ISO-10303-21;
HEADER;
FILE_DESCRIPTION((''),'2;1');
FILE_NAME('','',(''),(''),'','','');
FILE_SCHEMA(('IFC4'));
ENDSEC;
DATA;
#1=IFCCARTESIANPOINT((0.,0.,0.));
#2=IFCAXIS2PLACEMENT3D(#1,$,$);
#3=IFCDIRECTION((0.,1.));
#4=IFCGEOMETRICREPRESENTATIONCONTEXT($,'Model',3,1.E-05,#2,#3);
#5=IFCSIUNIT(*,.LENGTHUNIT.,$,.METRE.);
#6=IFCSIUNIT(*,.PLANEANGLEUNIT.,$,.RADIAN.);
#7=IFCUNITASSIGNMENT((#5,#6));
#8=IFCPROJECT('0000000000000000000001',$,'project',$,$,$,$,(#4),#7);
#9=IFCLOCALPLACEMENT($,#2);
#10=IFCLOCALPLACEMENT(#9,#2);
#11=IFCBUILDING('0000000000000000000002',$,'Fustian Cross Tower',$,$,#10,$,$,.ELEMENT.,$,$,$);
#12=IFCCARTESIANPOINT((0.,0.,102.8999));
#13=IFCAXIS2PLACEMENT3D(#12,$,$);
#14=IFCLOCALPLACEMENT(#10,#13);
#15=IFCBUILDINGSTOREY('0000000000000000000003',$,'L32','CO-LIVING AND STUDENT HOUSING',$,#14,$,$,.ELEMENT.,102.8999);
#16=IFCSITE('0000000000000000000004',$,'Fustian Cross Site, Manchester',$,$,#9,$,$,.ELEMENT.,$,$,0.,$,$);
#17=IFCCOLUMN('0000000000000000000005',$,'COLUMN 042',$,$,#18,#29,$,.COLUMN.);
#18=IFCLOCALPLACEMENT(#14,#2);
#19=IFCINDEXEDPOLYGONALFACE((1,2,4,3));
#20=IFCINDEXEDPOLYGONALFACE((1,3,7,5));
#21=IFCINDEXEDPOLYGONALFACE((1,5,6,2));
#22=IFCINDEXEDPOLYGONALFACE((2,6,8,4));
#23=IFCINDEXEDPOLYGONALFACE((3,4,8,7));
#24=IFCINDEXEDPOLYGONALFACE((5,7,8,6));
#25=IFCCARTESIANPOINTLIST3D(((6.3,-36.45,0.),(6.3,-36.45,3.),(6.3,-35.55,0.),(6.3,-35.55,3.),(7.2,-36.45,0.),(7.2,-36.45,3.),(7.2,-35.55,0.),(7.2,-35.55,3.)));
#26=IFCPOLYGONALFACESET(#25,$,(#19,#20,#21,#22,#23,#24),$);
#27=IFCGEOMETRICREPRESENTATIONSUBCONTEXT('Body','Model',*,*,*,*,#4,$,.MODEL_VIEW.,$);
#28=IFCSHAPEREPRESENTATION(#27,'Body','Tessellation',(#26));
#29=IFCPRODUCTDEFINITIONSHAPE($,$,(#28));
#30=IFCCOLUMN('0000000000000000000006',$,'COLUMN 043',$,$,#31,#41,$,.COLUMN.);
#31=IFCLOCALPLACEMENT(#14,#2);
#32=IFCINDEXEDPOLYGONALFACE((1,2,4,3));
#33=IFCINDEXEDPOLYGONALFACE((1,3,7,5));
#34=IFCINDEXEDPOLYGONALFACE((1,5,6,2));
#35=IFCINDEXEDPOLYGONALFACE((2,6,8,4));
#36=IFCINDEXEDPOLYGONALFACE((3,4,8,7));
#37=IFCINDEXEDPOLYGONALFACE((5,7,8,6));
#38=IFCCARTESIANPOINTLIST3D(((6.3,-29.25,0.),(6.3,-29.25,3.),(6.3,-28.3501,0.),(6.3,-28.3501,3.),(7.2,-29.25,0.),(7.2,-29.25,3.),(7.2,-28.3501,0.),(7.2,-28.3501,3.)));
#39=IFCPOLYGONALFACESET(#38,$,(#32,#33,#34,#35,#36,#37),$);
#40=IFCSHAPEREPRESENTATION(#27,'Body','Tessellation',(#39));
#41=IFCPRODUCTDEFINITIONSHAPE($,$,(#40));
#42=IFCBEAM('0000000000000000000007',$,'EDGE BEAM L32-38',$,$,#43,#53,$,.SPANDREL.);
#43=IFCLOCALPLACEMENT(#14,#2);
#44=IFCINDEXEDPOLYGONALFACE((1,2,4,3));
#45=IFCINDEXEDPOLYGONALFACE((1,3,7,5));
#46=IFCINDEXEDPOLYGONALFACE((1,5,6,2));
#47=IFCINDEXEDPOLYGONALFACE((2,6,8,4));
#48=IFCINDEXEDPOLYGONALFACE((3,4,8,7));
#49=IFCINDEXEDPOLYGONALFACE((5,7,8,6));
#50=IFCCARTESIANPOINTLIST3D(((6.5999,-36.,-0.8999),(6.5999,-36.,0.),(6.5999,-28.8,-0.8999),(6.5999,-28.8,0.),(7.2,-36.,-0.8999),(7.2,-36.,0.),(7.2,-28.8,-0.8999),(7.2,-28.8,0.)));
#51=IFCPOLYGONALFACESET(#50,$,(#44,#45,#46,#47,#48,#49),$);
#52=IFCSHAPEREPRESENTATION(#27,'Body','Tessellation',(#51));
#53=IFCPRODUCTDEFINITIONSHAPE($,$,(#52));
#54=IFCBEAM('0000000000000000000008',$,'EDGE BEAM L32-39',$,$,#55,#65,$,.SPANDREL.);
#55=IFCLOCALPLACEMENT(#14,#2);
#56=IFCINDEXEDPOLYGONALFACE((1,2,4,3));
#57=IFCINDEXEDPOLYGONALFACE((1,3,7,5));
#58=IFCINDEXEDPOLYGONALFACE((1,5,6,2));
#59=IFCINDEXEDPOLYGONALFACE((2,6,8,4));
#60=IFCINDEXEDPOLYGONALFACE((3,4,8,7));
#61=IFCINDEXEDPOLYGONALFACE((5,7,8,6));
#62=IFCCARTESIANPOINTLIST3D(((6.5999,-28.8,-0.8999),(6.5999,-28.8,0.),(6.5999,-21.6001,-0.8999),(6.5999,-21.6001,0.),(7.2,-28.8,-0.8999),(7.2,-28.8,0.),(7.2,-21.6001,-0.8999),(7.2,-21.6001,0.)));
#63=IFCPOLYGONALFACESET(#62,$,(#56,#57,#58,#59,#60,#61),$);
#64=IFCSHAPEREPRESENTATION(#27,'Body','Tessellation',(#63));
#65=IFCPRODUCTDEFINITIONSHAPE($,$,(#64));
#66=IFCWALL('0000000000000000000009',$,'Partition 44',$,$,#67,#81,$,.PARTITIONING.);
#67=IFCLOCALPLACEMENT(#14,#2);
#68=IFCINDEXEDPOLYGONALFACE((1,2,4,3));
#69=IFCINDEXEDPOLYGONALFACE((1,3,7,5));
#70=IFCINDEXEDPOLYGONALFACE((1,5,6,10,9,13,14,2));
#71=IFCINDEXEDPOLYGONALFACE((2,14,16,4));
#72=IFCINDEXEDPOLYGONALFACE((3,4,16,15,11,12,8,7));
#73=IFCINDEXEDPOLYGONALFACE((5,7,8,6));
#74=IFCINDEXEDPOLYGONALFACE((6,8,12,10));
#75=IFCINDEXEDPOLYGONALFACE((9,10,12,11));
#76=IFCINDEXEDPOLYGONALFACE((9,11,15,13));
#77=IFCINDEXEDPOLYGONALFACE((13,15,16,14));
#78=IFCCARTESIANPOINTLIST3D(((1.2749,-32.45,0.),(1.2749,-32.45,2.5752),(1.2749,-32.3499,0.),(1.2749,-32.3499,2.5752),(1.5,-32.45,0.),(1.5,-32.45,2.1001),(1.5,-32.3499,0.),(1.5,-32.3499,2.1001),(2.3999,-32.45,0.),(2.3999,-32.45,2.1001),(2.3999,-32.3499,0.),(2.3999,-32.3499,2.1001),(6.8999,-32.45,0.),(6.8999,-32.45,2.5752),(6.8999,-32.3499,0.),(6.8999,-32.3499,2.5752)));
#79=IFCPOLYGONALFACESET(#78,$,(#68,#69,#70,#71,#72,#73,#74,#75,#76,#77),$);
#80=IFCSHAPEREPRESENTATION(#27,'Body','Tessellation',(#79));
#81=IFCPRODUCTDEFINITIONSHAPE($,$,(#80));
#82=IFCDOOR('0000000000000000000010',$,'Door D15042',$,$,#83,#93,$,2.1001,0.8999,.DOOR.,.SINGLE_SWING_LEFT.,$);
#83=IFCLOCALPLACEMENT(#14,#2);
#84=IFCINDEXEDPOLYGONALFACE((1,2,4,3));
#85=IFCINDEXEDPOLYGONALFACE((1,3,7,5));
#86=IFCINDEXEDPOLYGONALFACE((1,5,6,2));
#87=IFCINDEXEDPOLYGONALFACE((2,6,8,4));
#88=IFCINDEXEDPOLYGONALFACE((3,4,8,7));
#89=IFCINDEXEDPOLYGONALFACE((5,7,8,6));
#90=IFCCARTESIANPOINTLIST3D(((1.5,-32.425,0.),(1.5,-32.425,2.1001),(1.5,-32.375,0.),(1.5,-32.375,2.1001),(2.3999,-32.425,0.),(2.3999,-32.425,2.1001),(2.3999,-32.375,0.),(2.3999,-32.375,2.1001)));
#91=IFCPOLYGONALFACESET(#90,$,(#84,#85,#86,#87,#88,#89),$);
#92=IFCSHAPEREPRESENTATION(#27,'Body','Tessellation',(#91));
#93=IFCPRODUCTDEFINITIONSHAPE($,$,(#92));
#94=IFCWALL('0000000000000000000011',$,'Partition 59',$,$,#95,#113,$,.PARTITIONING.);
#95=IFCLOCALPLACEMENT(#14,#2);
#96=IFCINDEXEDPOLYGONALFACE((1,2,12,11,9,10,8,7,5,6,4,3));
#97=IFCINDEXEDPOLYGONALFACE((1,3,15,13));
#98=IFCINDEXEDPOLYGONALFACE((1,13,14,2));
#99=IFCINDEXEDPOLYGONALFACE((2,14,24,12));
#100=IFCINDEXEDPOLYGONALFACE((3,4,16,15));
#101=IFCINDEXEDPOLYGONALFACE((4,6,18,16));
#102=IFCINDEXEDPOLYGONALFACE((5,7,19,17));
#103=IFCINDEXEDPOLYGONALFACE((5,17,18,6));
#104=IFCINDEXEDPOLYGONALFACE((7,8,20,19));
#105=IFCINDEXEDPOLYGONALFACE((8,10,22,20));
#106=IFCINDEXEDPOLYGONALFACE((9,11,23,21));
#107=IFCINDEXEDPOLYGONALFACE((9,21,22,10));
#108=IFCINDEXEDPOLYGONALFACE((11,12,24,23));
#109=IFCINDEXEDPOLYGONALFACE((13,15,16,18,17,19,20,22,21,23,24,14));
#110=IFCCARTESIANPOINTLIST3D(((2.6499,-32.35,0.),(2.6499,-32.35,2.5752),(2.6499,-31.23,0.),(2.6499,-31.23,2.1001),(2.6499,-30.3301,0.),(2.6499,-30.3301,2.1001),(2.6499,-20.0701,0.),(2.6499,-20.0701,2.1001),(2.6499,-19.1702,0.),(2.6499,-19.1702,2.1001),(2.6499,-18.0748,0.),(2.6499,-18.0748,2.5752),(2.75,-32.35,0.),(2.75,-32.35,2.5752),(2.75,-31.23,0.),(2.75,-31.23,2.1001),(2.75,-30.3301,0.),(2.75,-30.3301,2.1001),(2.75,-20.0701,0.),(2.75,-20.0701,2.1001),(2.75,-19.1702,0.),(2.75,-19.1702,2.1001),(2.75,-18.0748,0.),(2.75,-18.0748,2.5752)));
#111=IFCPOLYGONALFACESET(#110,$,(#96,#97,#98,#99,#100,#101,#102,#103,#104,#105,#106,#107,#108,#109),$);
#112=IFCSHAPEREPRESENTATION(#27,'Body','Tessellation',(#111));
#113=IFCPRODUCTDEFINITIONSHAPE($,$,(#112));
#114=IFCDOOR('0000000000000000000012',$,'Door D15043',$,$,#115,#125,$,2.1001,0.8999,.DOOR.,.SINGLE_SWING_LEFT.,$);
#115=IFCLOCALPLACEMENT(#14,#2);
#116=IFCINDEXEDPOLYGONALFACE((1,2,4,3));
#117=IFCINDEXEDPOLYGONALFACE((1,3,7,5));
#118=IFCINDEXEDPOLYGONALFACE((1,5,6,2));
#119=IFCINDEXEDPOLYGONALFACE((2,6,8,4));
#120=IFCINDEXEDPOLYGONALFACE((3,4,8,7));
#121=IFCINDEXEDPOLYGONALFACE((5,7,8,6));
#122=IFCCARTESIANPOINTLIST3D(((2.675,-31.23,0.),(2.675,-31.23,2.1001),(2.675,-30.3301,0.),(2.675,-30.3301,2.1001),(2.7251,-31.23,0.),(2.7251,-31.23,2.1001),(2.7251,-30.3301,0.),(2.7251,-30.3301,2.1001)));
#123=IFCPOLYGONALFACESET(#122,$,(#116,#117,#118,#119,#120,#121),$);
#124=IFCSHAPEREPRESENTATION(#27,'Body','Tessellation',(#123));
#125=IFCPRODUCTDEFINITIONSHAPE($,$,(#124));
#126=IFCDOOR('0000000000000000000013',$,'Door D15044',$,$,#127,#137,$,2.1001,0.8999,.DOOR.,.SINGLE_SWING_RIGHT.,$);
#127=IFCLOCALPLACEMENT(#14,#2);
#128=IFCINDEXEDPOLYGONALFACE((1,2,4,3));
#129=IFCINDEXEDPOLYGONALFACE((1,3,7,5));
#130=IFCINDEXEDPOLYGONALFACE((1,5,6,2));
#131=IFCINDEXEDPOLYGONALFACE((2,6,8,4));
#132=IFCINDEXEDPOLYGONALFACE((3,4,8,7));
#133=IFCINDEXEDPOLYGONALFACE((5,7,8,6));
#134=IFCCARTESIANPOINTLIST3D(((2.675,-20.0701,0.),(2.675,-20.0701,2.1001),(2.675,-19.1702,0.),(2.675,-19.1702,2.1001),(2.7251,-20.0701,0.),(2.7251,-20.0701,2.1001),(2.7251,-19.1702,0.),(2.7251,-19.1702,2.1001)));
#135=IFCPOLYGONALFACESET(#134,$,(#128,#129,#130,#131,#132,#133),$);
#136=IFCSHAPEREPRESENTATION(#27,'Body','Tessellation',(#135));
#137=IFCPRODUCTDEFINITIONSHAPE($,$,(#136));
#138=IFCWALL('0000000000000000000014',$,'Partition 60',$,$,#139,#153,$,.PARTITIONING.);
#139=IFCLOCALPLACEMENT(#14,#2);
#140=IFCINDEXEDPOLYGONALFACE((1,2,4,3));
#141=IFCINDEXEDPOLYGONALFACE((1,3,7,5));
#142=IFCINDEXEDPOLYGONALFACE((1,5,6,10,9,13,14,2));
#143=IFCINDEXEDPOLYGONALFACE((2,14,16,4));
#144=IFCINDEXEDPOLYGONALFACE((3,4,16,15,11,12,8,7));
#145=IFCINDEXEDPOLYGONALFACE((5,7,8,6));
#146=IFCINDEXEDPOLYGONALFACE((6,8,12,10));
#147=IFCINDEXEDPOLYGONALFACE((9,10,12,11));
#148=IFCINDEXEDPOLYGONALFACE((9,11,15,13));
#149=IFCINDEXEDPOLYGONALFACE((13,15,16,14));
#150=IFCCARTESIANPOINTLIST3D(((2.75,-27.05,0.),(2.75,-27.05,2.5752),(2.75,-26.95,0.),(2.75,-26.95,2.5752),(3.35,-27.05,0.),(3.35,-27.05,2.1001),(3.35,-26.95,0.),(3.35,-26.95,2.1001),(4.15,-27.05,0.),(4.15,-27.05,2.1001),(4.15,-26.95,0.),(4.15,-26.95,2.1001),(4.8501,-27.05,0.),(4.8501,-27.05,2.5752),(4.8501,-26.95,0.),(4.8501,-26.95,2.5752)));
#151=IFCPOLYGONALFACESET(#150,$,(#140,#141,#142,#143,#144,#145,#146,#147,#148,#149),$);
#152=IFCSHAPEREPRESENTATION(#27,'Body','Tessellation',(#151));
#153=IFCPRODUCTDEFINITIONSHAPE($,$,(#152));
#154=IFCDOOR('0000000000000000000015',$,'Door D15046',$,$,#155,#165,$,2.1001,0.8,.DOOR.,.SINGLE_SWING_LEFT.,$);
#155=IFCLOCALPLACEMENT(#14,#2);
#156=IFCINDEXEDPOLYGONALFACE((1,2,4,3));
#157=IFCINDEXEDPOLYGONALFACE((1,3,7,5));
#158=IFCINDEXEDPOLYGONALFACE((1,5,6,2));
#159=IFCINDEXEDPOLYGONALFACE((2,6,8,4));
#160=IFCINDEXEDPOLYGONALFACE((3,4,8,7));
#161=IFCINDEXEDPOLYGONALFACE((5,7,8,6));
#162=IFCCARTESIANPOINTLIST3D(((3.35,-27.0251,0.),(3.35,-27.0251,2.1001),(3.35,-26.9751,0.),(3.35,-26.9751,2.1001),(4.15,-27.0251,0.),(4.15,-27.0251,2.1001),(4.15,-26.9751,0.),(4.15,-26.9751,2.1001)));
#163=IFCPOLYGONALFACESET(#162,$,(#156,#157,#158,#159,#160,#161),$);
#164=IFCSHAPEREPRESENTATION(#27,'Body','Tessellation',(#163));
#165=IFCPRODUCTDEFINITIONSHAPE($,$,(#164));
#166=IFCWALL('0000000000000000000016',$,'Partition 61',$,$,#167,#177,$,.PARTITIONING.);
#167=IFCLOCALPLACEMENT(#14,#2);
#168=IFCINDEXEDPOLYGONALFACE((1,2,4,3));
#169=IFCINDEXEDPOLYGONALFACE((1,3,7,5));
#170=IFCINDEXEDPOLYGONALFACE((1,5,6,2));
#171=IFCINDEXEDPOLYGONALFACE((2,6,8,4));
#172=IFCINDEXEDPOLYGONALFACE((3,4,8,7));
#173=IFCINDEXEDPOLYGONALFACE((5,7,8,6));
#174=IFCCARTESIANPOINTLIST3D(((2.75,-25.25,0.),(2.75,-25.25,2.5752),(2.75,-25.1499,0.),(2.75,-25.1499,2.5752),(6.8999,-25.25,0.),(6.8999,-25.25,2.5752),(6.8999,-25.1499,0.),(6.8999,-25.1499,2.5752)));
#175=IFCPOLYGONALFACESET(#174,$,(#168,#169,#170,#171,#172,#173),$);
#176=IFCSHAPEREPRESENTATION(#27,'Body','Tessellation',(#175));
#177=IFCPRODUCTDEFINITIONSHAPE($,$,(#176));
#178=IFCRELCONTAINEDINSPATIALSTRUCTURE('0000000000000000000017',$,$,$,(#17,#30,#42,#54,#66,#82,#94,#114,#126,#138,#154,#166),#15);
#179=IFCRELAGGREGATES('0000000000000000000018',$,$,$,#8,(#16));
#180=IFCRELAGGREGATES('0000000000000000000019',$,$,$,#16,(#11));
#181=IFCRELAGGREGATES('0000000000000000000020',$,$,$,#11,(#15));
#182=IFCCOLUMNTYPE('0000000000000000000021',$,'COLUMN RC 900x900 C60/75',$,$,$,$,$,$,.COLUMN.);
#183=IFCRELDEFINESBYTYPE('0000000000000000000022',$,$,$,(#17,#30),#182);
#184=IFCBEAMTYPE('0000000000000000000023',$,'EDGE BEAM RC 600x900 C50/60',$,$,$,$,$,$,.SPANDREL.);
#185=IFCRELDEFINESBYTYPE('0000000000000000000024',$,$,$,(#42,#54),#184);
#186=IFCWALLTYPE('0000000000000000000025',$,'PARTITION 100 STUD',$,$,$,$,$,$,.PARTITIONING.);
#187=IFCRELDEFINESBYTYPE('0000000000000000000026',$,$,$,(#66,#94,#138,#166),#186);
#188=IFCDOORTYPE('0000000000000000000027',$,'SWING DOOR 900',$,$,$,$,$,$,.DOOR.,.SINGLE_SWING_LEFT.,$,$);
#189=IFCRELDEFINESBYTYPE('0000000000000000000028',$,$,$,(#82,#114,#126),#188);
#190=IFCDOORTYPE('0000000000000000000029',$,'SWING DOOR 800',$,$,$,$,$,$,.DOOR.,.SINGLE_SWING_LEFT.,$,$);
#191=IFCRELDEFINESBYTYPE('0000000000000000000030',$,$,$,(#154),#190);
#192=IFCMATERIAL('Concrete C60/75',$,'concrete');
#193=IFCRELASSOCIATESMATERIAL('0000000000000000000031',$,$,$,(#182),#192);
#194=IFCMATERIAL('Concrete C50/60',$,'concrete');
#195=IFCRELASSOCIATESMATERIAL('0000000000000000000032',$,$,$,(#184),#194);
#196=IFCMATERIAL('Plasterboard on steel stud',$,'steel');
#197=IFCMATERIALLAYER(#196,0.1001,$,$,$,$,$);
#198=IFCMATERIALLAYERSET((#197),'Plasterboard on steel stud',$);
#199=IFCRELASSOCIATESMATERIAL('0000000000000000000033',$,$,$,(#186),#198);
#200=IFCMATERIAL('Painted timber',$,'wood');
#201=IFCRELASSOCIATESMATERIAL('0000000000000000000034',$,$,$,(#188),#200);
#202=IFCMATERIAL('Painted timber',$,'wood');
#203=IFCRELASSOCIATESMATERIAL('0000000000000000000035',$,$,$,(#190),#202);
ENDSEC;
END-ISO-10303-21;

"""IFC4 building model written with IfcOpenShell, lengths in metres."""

from ifc_helpers import new_model, si_unit, direction, frame, frame_2d, origin, origin_2d, place, context, subcontext, project, spatial, rectangle, extrude, material, layer, layer_set, material_profile, profile_set, type_object, element, fill, save


model = new_model("IFC4")

# Units and contexts
model_context = context("Model", 3, precision=1e-05, world=origin(), true_north=direction((0.0, 1.0)))
body_context = subcontext(model_context, "Body", "Model", "MODEL_VIEW")
ifc_project = project(units=[si_unit("LENGTHUNIT", "METRE"), si_unit("PLANEANGLEUNIT", "RADIAN")], contexts=[model_context])

# Site, building, storey
site_placement = place(None, origin())
site = spatial("IfcSite", under=ifc_project, at=site_placement, Name="Fustian Cross Site, Manchester", CompositionType="ELEMENT", RefElevation=0.0)
building_placement = place(site_placement, origin())
building = spatial("IfcBuilding", under=site, at=building_placement, Name="Fustian Cross Tower", CompositionType="ELEMENT")
storey_placement = place(building_placement, frame((0.0, 0.0, 102.8999)))
storey = spatial("IfcBuildingStorey", under=building, at=storey_placement, Name="L32", Description="CO-LIVING AND STUDENT HOUSING", CompositionType="ELEMENT", Elevation=102.8999)

# Columns
ifc_material_1 = material(Name="Concrete C60/75", Category="concrete")
ifc_material_profile_1 = material_profile(ifc_material_1, rectangle(XDim=0.8999, YDim=0.8999, at=origin_2d()), Name="RC 900x900")
ifc_profile_set_1 = profile_set([ifc_material_profile_1], Name="Concrete C60/75")
column_type = type_object("IfcColumnType", Name="COLUMN RC 900x900 C60/75", PredefinedType="COLUMN", material=ifc_profile_set_1)
for number, where, z_axis, x_axis, name in (
    (1, (6.75, -36.0, 0.0), (0.0, 0.0, 1.0), (1.0, 0.0, 0.0), "COLUMN 042"),
    (2, (6.75, -28.8, 0.0), (0.0, 0.0, 1.0), (1.0, 0.0, 0.0), "COLUMN 043"),
):
    element("IfcColumn", number, at=place(storey_placement, frame(where, z_axis=z_axis, x_axis=x_axis)), inside=storey, type_object=column_type, Name=name, PredefinedType="COLUMN", context=body_context, shape_type="SweptSolid", body=[
        extrude(rectangle(XDim=0.8999, YDim=0.8999, at=origin_2d()), origin(), (0.0, 0.0, 1.0), 3.0),
    ])

# Beams
ifc_material_2 = material(Name="Concrete C50/60", Category="concrete")
ifc_material_profile_2 = material_profile(ifc_material_2, rectangle(XDim=0.6001, YDim=0.8999, at=origin_2d()), Name="RC 600x900")
ifc_profile_set_2 = profile_set([ifc_material_profile_2], Name="Concrete C50/60")
beam_type = type_object("IfcBeamType", Name="EDGE BEAM RC 600x900 C50/60", PredefinedType="SPANDREL", material=ifc_profile_set_2)
for number, where, z_axis, x_axis, name in (
    (3, (6.8999, -36.0, -0.45), (0.0, 1.0, 0.0), (-1.0, 0.0, 0.0), "EDGE BEAM L32-38"),
    (4, (6.8999, -28.8, -0.45), (0.0, 1.0, 0.0), (-1.0, 0.0, 0.0), "EDGE BEAM L32-39"),
):
    element("IfcBeam", number, at=place(storey_placement, frame(where, z_axis=z_axis, x_axis=x_axis)), inside=storey, type_object=beam_type, Name=name, PredefinedType="SPANDREL", context=body_context, shape_type="SweptSolid", body=[
        extrude(rectangle(XDim=0.6001, YDim=0.8999, at=origin_2d()), origin(), (0.0, 0.0, 1.0), 7.2),
    ])

# Wall, opening, door
ifc_material_3 = material(Name="Plasterboard on steel stud", Category="steel")
ifc_layer_1 = layer(ifc_material_3, 0.1001)
ifc_layer_set_1 = layer_set([ifc_layer_1], Name="Plasterboard on steel stud")
wall_type_1 = type_object("IfcWallType", Name="PARTITION 100 STUD", PredefinedType="PARTITIONING", material=ifc_layer_set_1)
wall_1_placement = place(storey_placement, frame((1.2749, -32.3999, 0.0), z_axis=(0.0, 0.0, 1.0), x_axis=(1.0, 0.0, 0.0)))
wall_1 = element("IfcWall", 5, at=wall_1_placement, inside=storey, type_object=wall_type_1, Name="Partition 44", PredefinedType="PARTITIONING", context=body_context, shape_type="SweptSolid", body=[
    extrude(rectangle(XDim=5.625, YDim=0.1001, at=frame_2d((2.8125, 0.0))), origin(), (0.0, 0.0, 1.0), 2.5752),
])
opening_1_placement = place(wall_1_placement, frame((0.2251, 0.0, 0.0)))
opening_1 = element("IfcOpeningElement", 6, at=opening_1_placement, cuts=wall_1, PredefinedType="OPENING", context=body_context, shape_type="SweptSolid", body=[
    extrude(rectangle(XDim=0.8999, YDim=2.1001, at=frame_2d((0.45, 1.05))), frame((0.0, 0.0601, 0.0), z_axis=(0.0, -1.0, 0.0), x_axis=(1.0, 0.0, 0.0)), (0.0, 0.0, 1.0), 0.1201),
])
ifc_material_4 = material(Name="Painted timber", Category="wood")
door_type_1 = type_object("IfcDoorType", Name="SWING DOOR 900", OperationType="SINGLE_SWING_LEFT", PredefinedType="DOOR", material=ifc_material_4)
door_1_placement = place(opening_1_placement, origin())
door_1 = element("IfcDoor", 7, at=door_1_placement, inside=storey, type_object=door_type_1, Name="Door D15042", OperationType="SINGLE_SWING_LEFT", OverallHeight=2.1001, OverallWidth=0.8999, PredefinedType="DOOR", context=body_context, shape_type="SweptSolid", body=[
    extrude(rectangle(XDim=0.8999, YDim=2.1001, at=frame_2d((0.45, 1.05))), frame((0.0, 0.0249, 0.0), z_axis=(0.0, -1.0, 0.0), x_axis=(1.0, 0.0, 0.0)), (0.0, 0.0, 1.0), 0.05),
])
fill(opening_1, door_1)

# Wall, openings, doors
wall_2_placement = place(storey_placement, frame((2.7, -32.3501, 0.0), z_axis=(0.0, 0.0, 1.0), x_axis=(0.0, 1.0, 0.0)))
wall_2 = element("IfcWall", 8, at=wall_2_placement, inside=storey, type_object=wall_type_1, Name="Partition 59", PredefinedType="PARTITIONING", context=body_context, shape_type="SweptSolid", body=[
    extrude(rectangle(XDim=14.2751, YDim=0.1001, at=frame_2d((7.1377, 0.0))), origin(), (0.0, 0.0, 1.0), 2.5752),
])
opening_2_placement = place(wall_2_placement, frame((1.1201, 0.0, 0.0)))
opening_2 = element("IfcOpeningElement", 9, at=opening_2_placement, cuts=wall_2, PredefinedType="OPENING", context=body_context, shape_type="SweptSolid", body=[
    extrude(rectangle(XDim=0.8999, YDim=2.1001, at=frame_2d((0.45, 1.05))), frame((0.0, 0.0601, 0.0), z_axis=(0.0, -1.0, 0.0), x_axis=(1.0, 0.0, 0.0)), (0.0, 0.0, 1.0), 0.1201),
])
opening_3_placement = place(wall_2_placement, frame((12.28, 0.0, 0.0)))
opening_3 = element("IfcOpeningElement", 10, at=opening_3_placement, cuts=wall_2, PredefinedType="OPENING", context=body_context, shape_type="SweptSolid", body=[
    extrude(rectangle(XDim=0.8999, YDim=2.1001, at=frame_2d((0.45, 1.05))), frame((0.0, 0.0601, 0.0), z_axis=(0.0, -1.0, 0.0), x_axis=(1.0, 0.0, 0.0)), (0.0, 0.0, 1.0), 0.1201),
])
door_2_placement = place(opening_2_placement, origin())
door_2 = element("IfcDoor", 11, at=door_2_placement, inside=storey, type_object=door_type_1, Name="Door D15043", OperationType="SINGLE_SWING_LEFT", OverallHeight=2.1001, OverallWidth=0.8999, PredefinedType="DOOR", context=body_context, shape_type="SweptSolid", body=[
    extrude(rectangle(XDim=0.8999, YDim=2.1001, at=frame_2d((0.45, 1.05))), frame((0.0, 0.0249, 0.0), z_axis=(0.0, -1.0, 0.0), x_axis=(1.0, 0.0, 0.0)), (0.0, 0.0, 1.0), 0.05),
])
fill(opening_2, door_2)
door_3_placement = place(opening_3_placement, origin())
door_3 = element("IfcDoor", 12, at=door_3_placement, inside=storey, type_object=door_type_1, Name="Door D15044", OperationType="SINGLE_SWING_RIGHT", OverallHeight=2.1001, OverallWidth=0.8999, PredefinedType="DOOR", context=body_context, shape_type="SweptSolid", body=[
    extrude(rectangle(XDim=0.8999, YDim=2.1001, at=frame_2d((0.45, 1.05))), frame((0.0, 0.0249, 0.0), z_axis=(0.0, -1.0, 0.0), x_axis=(1.0, 0.0, 0.0)), (0.0, 0.0, 1.0), 0.05),
])
fill(opening_3, door_3)

# Wall, opening, door
wall_3_placement = place(storey_placement, frame((2.75, -27.0, 0.0), z_axis=(0.0, 0.0, 1.0), x_axis=(1.0, 0.0, 0.0)))
wall_3 = element("IfcWall", 13, at=wall_3_placement, inside=storey, type_object=wall_type_1, Name="Partition 60", PredefinedType="PARTITIONING", context=body_context, shape_type="SweptSolid", body=[
    extrude(rectangle(XDim=2.1001, YDim=0.1001, at=frame_2d((1.05, 0.0))), origin(), (0.0, 0.0, 1.0), 2.5752),
])
opening_4_placement = place(wall_3_placement, frame((0.6001, 0.0, 0.0)))
opening_4 = element("IfcOpeningElement", 14, at=opening_4_placement, cuts=wall_3, PredefinedType="OPENING", context=body_context, shape_type="SweptSolid", body=[
    extrude(rectangle(XDim=0.8, YDim=2.1001, at=frame_2d((0.3999, 1.05))), frame((0.0, 0.0601, 0.0), z_axis=(0.0, -1.0, 0.0), x_axis=(1.0, 0.0, 0.0)), (0.0, 0.0, 1.0), 0.1201),
])
ifc_material_5 = material(Name="Painted timber", Category="wood")
door_type_2 = type_object("IfcDoorType", Name="SWING DOOR 800", OperationType="SINGLE_SWING_LEFT", PredefinedType="DOOR", material=ifc_material_5)
door_4_placement = place(opening_4_placement, origin())
door_4 = element("IfcDoor", 15, at=door_4_placement, inside=storey, type_object=door_type_2, Name="Door D15046", OperationType="SINGLE_SWING_LEFT", OverallHeight=2.1001, OverallWidth=0.8, PredefinedType="DOOR", context=body_context, shape_type="SweptSolid", body=[
    extrude(rectangle(XDim=0.8, YDim=2.1001, at=frame_2d((0.3999, 1.05))), frame((0.0, 0.0249, 0.0), z_axis=(0.0, -1.0, 0.0), x_axis=(1.0, 0.0, 0.0)), (0.0, 0.0, 1.0), 0.05),
])
fill(opening_4, door_4)

# Wall
wall_4_placement = place(storey_placement, frame((2.75, -25.2, 0.0), z_axis=(0.0, 0.0, 1.0), x_axis=(1.0, 0.0, 0.0)))
element("IfcWall", 16, at=wall_4_placement, inside=storey, type_object=wall_type_1, Name="Partition 61", PredefinedType="PARTITIONING", context=body_context, shape_type="SweptSolid", body=[
    extrude(rectangle(XDim=4.1499, YDim=0.1001, at=frame_2d((2.075, 0.0))), origin(), (0.0, 0.0, 1.0), 2.5752),
])

save(model, "model.ifc")
